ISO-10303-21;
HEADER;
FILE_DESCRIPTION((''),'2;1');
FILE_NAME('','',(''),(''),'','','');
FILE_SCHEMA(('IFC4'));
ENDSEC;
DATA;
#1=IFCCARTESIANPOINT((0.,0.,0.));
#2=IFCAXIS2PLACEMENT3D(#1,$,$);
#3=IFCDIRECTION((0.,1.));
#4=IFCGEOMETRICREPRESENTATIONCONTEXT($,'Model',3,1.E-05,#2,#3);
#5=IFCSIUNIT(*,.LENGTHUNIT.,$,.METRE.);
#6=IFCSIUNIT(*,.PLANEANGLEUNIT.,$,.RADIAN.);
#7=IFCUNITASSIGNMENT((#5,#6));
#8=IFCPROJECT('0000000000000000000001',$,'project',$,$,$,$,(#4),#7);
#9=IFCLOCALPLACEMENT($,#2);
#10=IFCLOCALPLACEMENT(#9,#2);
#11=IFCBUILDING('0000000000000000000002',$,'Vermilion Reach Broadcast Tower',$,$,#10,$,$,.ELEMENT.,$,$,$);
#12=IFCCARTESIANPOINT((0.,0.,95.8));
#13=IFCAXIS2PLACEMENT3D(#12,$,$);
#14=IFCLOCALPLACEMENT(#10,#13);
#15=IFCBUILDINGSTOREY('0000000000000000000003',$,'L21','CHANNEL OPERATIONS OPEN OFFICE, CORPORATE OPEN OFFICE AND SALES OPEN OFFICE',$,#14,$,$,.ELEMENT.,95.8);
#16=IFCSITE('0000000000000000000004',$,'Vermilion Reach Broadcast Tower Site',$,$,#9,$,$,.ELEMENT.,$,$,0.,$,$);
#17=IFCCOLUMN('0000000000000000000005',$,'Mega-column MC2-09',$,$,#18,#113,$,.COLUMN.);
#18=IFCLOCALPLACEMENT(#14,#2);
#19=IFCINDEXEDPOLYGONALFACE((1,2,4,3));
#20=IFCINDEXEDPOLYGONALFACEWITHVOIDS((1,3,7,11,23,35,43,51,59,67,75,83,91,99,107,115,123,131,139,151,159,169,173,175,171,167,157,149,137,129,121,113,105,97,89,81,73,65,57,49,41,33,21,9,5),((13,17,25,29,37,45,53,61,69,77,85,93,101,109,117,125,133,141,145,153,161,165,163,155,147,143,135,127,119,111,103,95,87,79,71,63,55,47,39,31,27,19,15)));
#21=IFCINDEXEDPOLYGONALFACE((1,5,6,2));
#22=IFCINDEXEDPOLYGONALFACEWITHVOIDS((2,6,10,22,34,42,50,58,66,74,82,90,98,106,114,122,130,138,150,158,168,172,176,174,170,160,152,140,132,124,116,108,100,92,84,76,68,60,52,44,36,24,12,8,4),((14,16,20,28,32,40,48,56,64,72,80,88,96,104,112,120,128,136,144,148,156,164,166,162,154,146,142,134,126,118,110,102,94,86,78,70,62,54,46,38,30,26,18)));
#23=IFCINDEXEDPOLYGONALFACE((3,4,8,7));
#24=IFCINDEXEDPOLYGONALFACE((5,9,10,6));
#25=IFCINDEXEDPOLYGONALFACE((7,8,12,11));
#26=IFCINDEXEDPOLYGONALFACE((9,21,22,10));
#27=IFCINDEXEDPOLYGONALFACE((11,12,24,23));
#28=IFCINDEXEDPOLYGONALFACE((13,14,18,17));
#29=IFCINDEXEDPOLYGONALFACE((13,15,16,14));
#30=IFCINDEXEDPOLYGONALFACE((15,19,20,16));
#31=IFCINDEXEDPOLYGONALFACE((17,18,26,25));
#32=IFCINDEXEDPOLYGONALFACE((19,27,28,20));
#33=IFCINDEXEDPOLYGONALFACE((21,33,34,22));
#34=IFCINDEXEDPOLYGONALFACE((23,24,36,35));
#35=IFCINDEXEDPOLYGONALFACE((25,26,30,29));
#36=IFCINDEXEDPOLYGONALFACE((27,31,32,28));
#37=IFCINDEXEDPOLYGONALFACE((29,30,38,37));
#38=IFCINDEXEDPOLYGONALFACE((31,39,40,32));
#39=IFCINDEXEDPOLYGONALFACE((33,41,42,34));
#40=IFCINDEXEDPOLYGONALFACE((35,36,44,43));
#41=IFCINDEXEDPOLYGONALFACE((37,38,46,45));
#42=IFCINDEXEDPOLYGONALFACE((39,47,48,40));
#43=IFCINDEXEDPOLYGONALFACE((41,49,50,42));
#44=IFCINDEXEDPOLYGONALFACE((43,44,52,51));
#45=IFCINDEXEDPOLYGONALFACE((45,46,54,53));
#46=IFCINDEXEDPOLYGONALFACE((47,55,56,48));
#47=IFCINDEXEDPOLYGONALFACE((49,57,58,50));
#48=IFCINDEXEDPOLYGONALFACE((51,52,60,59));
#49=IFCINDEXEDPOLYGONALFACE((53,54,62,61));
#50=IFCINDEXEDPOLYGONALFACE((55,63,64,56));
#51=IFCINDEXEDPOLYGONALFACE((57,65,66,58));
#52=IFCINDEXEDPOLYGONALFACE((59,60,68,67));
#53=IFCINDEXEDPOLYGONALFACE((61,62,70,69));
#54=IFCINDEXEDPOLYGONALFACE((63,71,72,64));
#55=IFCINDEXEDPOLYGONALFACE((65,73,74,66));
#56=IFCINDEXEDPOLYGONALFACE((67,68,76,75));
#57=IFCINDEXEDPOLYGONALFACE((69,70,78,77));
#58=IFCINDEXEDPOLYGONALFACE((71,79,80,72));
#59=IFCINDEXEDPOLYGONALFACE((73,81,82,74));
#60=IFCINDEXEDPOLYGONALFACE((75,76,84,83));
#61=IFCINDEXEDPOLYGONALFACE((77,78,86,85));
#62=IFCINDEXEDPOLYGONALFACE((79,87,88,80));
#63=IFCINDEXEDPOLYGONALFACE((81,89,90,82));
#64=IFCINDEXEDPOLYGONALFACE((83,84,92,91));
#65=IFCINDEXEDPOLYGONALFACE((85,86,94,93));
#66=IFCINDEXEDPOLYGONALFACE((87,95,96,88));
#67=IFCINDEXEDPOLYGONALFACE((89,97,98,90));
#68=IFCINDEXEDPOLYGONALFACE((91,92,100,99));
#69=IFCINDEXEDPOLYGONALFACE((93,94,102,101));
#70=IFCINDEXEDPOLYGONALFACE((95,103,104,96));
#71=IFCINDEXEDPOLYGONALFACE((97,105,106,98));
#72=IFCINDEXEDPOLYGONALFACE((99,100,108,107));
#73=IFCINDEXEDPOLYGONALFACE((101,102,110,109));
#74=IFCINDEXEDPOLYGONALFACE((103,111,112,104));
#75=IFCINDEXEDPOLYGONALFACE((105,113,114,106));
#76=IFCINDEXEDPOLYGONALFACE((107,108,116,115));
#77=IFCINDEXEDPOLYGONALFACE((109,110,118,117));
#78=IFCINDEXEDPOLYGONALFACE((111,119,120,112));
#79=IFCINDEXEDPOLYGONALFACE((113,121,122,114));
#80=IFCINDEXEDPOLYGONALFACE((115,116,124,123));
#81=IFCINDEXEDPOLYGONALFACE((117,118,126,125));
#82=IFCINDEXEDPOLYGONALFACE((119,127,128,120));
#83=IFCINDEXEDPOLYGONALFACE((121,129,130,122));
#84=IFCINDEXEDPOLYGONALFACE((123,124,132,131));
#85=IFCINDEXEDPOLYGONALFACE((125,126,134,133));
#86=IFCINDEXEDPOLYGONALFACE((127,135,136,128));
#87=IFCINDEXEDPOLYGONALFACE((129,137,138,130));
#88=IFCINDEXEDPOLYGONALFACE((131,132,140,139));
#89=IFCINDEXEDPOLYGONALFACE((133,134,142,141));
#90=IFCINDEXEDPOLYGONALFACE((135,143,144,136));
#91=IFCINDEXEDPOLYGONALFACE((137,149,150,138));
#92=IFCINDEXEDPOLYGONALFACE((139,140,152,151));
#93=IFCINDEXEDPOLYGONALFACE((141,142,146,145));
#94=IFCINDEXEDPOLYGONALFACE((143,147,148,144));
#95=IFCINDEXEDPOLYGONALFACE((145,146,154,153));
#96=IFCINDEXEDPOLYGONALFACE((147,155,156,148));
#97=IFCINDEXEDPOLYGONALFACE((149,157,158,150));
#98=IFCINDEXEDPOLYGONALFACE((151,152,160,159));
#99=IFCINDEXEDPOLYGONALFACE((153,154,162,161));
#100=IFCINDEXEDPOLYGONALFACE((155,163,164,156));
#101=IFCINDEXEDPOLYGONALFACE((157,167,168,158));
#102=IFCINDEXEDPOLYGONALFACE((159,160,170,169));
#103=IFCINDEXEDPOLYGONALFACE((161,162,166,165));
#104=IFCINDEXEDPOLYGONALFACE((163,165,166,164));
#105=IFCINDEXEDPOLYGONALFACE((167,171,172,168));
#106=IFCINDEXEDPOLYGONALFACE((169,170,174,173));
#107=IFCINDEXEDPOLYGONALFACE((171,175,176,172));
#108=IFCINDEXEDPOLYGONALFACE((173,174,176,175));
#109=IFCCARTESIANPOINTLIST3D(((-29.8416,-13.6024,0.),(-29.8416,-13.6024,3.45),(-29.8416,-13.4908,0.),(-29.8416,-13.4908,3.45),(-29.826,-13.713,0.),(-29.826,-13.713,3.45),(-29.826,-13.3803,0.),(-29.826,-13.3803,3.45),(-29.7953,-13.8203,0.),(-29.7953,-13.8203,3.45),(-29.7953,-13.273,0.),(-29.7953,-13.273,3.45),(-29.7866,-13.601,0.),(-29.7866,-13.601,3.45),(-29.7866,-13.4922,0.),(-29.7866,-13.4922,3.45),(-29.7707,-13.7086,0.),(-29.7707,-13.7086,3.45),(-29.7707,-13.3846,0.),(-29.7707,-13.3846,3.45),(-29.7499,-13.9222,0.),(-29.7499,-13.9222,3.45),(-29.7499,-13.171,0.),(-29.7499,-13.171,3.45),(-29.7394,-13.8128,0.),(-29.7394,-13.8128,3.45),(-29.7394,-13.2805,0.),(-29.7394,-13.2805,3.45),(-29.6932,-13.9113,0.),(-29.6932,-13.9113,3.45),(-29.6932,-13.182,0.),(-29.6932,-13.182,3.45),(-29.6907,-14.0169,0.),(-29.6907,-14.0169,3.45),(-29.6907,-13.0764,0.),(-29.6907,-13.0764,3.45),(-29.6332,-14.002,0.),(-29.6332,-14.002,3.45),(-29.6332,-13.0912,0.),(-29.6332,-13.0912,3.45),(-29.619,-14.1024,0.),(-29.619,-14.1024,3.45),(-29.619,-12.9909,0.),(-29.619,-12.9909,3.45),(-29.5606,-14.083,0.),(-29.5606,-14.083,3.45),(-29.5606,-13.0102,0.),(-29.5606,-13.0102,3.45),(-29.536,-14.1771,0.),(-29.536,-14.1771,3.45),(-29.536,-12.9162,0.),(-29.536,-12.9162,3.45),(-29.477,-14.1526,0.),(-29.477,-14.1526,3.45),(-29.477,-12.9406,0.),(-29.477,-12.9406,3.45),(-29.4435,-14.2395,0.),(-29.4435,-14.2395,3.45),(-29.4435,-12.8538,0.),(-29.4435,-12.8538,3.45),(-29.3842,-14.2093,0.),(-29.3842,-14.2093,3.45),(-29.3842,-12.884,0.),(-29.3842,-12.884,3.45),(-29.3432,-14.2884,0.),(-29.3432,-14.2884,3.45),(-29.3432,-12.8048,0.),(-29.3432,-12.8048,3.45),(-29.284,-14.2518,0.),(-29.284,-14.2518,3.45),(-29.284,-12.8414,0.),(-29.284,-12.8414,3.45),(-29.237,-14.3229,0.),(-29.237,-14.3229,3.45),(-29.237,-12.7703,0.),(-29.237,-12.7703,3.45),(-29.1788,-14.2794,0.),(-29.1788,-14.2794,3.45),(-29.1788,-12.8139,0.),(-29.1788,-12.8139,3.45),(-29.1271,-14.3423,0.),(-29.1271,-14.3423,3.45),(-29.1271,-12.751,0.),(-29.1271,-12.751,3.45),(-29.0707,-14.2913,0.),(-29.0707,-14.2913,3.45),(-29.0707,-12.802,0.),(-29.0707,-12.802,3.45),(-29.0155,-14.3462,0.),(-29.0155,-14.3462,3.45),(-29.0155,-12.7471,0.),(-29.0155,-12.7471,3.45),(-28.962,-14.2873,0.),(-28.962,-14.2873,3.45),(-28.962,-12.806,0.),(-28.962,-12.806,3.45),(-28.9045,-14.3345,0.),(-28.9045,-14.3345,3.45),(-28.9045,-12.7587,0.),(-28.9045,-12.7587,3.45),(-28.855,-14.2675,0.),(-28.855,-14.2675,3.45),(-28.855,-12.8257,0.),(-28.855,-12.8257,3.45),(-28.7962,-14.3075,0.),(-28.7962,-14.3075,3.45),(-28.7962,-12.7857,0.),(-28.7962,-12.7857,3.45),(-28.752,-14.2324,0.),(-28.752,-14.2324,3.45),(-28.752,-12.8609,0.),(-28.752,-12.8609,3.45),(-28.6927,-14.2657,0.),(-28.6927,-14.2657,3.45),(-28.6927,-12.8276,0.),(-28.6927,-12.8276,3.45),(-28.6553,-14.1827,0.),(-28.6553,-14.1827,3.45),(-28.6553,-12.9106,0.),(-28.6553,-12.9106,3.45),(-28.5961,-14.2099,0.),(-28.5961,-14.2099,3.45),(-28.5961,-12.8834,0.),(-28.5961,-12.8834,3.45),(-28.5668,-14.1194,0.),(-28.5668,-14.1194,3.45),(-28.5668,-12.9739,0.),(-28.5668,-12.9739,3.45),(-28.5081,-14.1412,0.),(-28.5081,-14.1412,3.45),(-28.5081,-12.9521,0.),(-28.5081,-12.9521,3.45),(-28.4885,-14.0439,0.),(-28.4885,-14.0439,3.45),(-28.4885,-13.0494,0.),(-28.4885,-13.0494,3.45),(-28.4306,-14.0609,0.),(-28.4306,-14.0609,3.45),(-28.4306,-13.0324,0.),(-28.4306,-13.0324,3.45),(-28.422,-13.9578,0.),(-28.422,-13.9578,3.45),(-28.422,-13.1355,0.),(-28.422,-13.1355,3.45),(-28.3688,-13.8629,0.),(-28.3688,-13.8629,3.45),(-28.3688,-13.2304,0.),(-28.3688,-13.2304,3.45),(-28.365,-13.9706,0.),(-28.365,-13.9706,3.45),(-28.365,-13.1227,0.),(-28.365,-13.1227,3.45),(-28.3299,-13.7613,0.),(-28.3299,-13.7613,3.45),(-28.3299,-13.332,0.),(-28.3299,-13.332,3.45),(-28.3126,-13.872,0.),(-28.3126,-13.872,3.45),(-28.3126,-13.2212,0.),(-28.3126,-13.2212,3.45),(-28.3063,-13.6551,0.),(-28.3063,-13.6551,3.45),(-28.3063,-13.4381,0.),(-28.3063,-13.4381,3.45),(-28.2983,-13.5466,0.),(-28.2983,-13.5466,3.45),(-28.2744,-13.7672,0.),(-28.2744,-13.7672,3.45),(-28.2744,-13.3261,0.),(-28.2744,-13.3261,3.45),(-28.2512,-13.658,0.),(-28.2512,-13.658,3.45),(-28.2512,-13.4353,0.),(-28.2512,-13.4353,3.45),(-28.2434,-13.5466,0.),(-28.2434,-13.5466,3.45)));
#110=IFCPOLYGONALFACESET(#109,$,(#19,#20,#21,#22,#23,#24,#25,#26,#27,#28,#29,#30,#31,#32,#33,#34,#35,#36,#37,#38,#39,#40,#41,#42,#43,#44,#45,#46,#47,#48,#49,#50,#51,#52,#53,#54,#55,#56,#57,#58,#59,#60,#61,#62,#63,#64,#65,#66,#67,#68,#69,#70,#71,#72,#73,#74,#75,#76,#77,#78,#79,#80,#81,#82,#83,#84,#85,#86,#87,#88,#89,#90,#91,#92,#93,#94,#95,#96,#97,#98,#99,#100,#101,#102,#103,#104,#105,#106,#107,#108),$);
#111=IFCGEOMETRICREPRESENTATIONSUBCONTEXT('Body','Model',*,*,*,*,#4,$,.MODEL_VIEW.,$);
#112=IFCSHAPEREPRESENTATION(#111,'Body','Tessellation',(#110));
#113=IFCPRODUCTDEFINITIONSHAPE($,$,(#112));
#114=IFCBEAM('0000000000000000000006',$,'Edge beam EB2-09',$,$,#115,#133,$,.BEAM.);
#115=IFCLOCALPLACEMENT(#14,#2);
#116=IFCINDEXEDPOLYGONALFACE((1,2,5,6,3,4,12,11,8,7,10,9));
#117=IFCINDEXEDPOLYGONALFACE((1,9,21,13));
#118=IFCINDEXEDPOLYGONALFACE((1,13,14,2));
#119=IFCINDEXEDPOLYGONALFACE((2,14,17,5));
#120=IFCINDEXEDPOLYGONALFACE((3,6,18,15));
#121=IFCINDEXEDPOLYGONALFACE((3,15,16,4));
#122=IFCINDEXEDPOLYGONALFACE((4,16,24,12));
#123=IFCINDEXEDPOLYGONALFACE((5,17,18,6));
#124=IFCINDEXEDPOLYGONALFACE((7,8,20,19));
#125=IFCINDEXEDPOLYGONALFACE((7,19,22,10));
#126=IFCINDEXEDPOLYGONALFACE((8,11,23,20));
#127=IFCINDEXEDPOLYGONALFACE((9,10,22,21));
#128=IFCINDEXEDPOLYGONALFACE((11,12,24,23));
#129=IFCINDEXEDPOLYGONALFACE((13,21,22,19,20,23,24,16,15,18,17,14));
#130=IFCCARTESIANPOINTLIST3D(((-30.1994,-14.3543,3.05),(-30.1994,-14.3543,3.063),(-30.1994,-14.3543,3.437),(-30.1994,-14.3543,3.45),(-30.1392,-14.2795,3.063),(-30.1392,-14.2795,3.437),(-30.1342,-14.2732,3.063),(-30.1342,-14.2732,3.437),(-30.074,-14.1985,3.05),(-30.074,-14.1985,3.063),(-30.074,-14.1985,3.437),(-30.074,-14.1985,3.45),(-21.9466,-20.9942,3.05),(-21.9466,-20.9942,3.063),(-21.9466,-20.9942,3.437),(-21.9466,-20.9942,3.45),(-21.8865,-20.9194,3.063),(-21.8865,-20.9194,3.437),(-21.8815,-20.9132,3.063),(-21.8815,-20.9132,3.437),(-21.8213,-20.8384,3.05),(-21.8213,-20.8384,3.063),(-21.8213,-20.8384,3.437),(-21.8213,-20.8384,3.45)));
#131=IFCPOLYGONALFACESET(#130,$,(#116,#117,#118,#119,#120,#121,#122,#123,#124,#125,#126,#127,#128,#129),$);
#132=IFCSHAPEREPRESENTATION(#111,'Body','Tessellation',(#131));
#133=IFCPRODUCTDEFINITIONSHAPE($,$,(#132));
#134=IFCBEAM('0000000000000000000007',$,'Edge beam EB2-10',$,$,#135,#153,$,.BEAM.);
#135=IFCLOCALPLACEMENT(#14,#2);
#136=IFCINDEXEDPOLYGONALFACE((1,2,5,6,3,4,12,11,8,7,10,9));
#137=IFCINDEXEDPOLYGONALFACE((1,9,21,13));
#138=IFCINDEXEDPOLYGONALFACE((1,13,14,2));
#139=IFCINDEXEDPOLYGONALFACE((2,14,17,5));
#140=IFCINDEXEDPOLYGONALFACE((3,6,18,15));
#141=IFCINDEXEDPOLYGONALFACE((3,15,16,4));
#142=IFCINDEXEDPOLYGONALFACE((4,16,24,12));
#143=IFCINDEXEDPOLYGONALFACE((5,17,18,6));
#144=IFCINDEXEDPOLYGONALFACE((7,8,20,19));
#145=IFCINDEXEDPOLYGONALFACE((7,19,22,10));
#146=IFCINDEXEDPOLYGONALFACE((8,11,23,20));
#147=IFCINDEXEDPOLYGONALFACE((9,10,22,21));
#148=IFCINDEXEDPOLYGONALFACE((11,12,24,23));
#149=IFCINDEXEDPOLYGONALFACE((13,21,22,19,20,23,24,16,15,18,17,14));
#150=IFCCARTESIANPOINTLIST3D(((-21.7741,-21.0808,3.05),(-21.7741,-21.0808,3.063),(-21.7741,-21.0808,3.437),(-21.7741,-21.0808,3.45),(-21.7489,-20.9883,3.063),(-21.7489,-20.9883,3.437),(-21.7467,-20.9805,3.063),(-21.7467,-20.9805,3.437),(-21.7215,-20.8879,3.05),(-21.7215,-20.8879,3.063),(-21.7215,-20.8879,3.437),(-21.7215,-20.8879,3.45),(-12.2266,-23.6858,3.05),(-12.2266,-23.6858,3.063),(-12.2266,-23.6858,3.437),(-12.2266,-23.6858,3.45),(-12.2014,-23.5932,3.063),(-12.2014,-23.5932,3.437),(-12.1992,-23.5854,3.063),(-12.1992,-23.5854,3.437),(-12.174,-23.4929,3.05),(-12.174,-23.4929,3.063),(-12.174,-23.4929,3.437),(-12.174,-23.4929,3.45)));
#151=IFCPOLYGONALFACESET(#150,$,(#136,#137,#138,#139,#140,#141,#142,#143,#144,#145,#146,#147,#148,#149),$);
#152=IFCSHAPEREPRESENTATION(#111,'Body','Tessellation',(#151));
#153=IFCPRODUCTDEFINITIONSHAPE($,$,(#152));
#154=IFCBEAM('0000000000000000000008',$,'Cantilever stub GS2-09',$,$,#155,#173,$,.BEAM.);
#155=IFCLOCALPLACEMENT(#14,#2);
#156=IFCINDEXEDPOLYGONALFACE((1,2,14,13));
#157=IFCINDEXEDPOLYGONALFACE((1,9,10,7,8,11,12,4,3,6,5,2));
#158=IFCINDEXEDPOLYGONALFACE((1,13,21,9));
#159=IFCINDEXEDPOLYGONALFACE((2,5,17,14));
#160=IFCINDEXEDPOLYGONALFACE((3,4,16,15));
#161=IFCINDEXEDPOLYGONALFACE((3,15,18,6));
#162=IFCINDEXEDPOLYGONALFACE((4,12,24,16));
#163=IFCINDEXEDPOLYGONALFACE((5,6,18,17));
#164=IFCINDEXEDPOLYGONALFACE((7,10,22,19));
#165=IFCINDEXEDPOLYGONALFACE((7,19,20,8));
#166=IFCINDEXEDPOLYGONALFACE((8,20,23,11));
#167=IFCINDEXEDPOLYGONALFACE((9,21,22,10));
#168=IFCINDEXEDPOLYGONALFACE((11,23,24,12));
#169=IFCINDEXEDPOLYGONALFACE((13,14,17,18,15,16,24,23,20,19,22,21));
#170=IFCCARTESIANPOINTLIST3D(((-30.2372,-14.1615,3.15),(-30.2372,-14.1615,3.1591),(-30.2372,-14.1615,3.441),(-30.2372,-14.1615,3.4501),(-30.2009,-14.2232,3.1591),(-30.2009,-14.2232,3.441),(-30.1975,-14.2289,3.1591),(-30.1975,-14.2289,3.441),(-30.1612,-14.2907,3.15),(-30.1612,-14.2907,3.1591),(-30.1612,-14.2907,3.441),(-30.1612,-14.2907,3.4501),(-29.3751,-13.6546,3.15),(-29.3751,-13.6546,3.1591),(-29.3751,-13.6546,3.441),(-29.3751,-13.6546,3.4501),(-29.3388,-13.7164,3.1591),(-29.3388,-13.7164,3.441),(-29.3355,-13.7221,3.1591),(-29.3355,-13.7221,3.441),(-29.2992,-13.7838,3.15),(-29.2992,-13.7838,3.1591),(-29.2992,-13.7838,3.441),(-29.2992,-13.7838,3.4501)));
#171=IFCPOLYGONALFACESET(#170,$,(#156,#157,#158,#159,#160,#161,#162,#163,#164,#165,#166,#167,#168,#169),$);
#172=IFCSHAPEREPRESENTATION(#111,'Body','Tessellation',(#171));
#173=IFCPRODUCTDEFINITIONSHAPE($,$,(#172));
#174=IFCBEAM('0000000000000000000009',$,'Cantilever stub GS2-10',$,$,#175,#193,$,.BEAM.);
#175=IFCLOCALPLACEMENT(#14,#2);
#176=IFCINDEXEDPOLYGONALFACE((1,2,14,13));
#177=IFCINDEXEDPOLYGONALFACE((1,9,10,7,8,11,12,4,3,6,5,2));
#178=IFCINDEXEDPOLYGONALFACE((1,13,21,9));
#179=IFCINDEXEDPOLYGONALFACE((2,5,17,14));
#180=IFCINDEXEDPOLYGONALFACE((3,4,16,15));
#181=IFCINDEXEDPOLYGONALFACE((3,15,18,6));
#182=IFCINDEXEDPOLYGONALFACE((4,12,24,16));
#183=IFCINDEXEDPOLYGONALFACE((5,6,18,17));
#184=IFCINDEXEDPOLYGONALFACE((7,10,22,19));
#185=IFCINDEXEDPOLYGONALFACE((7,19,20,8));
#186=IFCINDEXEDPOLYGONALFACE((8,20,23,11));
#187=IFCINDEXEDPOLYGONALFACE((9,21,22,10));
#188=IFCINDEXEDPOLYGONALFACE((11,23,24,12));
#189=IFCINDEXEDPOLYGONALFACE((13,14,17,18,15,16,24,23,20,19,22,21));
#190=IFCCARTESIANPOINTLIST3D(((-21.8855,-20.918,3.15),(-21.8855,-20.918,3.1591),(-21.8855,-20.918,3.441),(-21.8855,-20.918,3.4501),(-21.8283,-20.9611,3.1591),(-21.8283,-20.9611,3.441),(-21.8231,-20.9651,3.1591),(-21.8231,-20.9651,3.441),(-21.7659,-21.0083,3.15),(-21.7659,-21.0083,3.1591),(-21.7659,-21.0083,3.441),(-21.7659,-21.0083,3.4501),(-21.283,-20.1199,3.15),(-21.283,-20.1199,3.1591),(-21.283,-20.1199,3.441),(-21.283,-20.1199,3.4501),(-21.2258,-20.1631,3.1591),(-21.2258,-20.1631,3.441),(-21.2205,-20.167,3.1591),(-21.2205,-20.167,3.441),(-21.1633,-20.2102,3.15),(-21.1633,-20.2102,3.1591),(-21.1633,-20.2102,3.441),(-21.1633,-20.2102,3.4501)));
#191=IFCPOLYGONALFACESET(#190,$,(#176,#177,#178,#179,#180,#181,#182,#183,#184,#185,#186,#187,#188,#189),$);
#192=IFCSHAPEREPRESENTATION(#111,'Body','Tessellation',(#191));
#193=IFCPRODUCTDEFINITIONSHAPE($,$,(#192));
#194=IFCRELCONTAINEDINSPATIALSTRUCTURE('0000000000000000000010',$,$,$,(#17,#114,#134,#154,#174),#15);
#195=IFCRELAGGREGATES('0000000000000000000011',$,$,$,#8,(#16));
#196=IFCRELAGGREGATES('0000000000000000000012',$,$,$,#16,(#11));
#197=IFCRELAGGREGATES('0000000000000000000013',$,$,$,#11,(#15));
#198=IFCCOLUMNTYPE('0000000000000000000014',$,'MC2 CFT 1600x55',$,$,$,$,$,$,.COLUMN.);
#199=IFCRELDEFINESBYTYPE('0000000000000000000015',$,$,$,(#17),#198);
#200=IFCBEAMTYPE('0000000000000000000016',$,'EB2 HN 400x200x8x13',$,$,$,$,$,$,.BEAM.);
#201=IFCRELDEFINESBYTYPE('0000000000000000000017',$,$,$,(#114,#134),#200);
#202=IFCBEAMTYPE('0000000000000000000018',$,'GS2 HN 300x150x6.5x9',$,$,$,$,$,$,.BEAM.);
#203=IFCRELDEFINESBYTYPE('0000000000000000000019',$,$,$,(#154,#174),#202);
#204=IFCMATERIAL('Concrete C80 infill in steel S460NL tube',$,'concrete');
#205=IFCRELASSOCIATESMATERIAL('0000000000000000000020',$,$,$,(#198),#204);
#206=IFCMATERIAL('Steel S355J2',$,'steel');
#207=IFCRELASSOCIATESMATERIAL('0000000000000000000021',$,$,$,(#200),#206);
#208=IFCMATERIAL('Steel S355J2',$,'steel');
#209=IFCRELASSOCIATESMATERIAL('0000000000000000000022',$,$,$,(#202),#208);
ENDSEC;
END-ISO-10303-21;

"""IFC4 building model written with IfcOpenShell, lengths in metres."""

from ifc_helpers import new_model, si_unit, direction, frame, origin, origin_2d, place, context, subcontext, project, spatial, hollow_circle, i_section, extrude, material, material_profile, profile_set, type_object, element, save


model = new_model("IFC4")

# Units and contexts
model_context = context("Model", 3, precision=1e-05, world=origin(), true_north=direction((0.0, 1.0)))
body_context = subcontext(model_context, "Body", "Model", "MODEL_VIEW")
ifc_project = project(units=[si_unit("LENGTHUNIT", "METRE"), si_unit("PLANEANGLEUNIT", "RADIAN")], contexts=[model_context])

# Site, building, storey
site_placement = place(None, origin())
site = spatial("IfcSite", under=ifc_project, at=site_placement, Name="Vermilion Reach Broadcast Tower Site", CompositionType="ELEMENT", RefElevation=0.0)
building_placement = place(site_placement, origin())
building = spatial("IfcBuilding", under=site, at=building_placement, Name="Vermilion Reach Broadcast Tower", CompositionType="ELEMENT")
storey_placement = place(building_placement, frame((0.0, 0.0, 95.8)))
storey = spatial("IfcBuildingStorey", under=building, at=storey_placement, Name="L21", Description="CHANNEL OPERATIONS OPEN OFFICE, CORPORATE OPEN OFFICE AND SALES OPEN OFFICE", CompositionType="ELEMENT", Elevation=95.8)

# Column
ifc_material_1 = material(Name="Concrete C80 infill in steel S460NL tube", Category="concrete")
ifc_material_profile_1 = material_profile(ifc_material_1, hollow_circle(Radius=0.8, WallThickness=0.0549, at=origin_2d()), Name="Concrete C80 infill in steel S460NL tube CFT 1600x55")
ifc_profile_set_1 = profile_set([ifc_material_profile_1], Name="Concrete C80 infill in steel S460NL tube")
column_type = type_object("IfcColumnType", Name="MC2 CFT 1600x55", PredefinedType="COLUMN", material=ifc_profile_set_1)
column_placement = place(storey_placement, frame((-29.0435, -13.5466, 0.0), z_axis=(0.0, 0.0, 1.0), x_axis=(1.0, 0.0, 0.0)))
element("IfcColumn", 1, at=column_placement, inside=storey, type_object=column_type, Name="Mega-column MC2-09", PredefinedType="COLUMN", context=body_context, shape_type="SweptSolid", body=[
    extrude(hollow_circle(Radius=0.8, WallThickness=0.0549, at=origin_2d()), origin(), (0.0, 0.0, 1.0), 3.45),
])

# Beams
ifc_material_2 = material(Name="Steel S355J2", Category="steel")
ifc_material_profile_2 = material_profile(ifc_material_2, i_section(OverallWidth=0.2, OverallDepth=0.3999, WebThickness=0.0081, FlangeThickness=0.0129, at=origin_2d()), Name="S355J2 HN 400x200x8x13")
ifc_profile_set_2 = profile_set([ifc_material_profile_2], Name="Steel S355J2")
beam_type_1 = type_object("IfcBeamType", Name="EB2 HN 400x200x8x13", PredefinedType="BEAM", material=ifc_profile_set_2)
beam_1_placement = place(storey_placement, frame((-30.1367, -14.2764, 3.25), z_axis=(0.779128, -0.626865, 0.0), x_axis=(0.626865, 0.779128, 0.0)))
element("IfcBeam", 2, at=beam_1_placement, inside=storey, type_object=beam_type_1, Name="Edge beam EB2-09", PredefinedType="BEAM", context=body_context, shape_type="SweptSolid", body=[
    extrude(i_section(OverallWidth=0.2, OverallDepth=0.3999, WebThickness=0.0081, FlangeThickness=0.0129, at=origin_2d()), origin(), (0.0, 0.0, 1.0), 10.5923),
])
beam_2_placement = place(storey_placement, frame((-21.7478, -20.9844, 3.25), z_axis=(0.964736, -0.26322, 0.0), x_axis=(0.26322, 0.964736, 0.0)))
element("IfcBeam", 3, at=beam_2_placement, inside=storey, type_object=beam_type_1, Name="Edge beam EB2-10", PredefinedType="BEAM", context=body_context, shape_type="SweptSolid", body=[
    extrude(i_section(OverallWidth=0.2, OverallDepth=0.3999, WebThickness=0.0081, FlangeThickness=0.0129, at=origin_2d()), origin(), (0.0, 0.0, 1.0), 9.8965),
])
ifc_material_3 = material(Name="Steel S355J2", Category="steel")
ifc_material_profile_3 = material_profile(ifc_material_3, i_section(OverallWidth=0.1499, OverallDepth=0.3, WebThickness=0.0066, FlangeThickness=0.009, at=origin_2d()), Name="S355J2 HN 300x150x6.5x9")
ifc_profile_set_3 = profile_set([ifc_material_profile_3], Name="Steel S355J2")
beam_type_2 = type_object("IfcBeamType", Name="GS2 HN 300x150x6.5x9", PredefinedType="BEAM", material=ifc_profile_set_3)
for number, where, z_axis, x_axis, name in (
    (4, (-29.3372, -13.7192, 3.3), (-0.862047, -0.506828, 0.0), (0.506828, -0.862047, 0.0), "Cantilever stub GS2-09"),
    (5, (-21.2231, -20.165, 3.3), (-0.602536, -0.798092, 0.0), (0.798092, -0.602536, 0.0), "Cantilever stub GS2-10"),
):
    element("IfcBeam", number, at=place(storey_placement, frame(where, z_axis=z_axis, x_axis=x_axis)), inside=storey, type_object=beam_type_2, Name=name, PredefinedType="BEAM", context=body_context, shape_type="SweptSolid", body=[
        extrude(i_section(OverallWidth=0.1499, OverallDepth=0.3, WebThickness=0.0066, FlangeThickness=0.009, at=origin_2d()), origin(), (0.0, 0.0, 1.0), 1.0),
    ])

save(model, "model.ifc")
